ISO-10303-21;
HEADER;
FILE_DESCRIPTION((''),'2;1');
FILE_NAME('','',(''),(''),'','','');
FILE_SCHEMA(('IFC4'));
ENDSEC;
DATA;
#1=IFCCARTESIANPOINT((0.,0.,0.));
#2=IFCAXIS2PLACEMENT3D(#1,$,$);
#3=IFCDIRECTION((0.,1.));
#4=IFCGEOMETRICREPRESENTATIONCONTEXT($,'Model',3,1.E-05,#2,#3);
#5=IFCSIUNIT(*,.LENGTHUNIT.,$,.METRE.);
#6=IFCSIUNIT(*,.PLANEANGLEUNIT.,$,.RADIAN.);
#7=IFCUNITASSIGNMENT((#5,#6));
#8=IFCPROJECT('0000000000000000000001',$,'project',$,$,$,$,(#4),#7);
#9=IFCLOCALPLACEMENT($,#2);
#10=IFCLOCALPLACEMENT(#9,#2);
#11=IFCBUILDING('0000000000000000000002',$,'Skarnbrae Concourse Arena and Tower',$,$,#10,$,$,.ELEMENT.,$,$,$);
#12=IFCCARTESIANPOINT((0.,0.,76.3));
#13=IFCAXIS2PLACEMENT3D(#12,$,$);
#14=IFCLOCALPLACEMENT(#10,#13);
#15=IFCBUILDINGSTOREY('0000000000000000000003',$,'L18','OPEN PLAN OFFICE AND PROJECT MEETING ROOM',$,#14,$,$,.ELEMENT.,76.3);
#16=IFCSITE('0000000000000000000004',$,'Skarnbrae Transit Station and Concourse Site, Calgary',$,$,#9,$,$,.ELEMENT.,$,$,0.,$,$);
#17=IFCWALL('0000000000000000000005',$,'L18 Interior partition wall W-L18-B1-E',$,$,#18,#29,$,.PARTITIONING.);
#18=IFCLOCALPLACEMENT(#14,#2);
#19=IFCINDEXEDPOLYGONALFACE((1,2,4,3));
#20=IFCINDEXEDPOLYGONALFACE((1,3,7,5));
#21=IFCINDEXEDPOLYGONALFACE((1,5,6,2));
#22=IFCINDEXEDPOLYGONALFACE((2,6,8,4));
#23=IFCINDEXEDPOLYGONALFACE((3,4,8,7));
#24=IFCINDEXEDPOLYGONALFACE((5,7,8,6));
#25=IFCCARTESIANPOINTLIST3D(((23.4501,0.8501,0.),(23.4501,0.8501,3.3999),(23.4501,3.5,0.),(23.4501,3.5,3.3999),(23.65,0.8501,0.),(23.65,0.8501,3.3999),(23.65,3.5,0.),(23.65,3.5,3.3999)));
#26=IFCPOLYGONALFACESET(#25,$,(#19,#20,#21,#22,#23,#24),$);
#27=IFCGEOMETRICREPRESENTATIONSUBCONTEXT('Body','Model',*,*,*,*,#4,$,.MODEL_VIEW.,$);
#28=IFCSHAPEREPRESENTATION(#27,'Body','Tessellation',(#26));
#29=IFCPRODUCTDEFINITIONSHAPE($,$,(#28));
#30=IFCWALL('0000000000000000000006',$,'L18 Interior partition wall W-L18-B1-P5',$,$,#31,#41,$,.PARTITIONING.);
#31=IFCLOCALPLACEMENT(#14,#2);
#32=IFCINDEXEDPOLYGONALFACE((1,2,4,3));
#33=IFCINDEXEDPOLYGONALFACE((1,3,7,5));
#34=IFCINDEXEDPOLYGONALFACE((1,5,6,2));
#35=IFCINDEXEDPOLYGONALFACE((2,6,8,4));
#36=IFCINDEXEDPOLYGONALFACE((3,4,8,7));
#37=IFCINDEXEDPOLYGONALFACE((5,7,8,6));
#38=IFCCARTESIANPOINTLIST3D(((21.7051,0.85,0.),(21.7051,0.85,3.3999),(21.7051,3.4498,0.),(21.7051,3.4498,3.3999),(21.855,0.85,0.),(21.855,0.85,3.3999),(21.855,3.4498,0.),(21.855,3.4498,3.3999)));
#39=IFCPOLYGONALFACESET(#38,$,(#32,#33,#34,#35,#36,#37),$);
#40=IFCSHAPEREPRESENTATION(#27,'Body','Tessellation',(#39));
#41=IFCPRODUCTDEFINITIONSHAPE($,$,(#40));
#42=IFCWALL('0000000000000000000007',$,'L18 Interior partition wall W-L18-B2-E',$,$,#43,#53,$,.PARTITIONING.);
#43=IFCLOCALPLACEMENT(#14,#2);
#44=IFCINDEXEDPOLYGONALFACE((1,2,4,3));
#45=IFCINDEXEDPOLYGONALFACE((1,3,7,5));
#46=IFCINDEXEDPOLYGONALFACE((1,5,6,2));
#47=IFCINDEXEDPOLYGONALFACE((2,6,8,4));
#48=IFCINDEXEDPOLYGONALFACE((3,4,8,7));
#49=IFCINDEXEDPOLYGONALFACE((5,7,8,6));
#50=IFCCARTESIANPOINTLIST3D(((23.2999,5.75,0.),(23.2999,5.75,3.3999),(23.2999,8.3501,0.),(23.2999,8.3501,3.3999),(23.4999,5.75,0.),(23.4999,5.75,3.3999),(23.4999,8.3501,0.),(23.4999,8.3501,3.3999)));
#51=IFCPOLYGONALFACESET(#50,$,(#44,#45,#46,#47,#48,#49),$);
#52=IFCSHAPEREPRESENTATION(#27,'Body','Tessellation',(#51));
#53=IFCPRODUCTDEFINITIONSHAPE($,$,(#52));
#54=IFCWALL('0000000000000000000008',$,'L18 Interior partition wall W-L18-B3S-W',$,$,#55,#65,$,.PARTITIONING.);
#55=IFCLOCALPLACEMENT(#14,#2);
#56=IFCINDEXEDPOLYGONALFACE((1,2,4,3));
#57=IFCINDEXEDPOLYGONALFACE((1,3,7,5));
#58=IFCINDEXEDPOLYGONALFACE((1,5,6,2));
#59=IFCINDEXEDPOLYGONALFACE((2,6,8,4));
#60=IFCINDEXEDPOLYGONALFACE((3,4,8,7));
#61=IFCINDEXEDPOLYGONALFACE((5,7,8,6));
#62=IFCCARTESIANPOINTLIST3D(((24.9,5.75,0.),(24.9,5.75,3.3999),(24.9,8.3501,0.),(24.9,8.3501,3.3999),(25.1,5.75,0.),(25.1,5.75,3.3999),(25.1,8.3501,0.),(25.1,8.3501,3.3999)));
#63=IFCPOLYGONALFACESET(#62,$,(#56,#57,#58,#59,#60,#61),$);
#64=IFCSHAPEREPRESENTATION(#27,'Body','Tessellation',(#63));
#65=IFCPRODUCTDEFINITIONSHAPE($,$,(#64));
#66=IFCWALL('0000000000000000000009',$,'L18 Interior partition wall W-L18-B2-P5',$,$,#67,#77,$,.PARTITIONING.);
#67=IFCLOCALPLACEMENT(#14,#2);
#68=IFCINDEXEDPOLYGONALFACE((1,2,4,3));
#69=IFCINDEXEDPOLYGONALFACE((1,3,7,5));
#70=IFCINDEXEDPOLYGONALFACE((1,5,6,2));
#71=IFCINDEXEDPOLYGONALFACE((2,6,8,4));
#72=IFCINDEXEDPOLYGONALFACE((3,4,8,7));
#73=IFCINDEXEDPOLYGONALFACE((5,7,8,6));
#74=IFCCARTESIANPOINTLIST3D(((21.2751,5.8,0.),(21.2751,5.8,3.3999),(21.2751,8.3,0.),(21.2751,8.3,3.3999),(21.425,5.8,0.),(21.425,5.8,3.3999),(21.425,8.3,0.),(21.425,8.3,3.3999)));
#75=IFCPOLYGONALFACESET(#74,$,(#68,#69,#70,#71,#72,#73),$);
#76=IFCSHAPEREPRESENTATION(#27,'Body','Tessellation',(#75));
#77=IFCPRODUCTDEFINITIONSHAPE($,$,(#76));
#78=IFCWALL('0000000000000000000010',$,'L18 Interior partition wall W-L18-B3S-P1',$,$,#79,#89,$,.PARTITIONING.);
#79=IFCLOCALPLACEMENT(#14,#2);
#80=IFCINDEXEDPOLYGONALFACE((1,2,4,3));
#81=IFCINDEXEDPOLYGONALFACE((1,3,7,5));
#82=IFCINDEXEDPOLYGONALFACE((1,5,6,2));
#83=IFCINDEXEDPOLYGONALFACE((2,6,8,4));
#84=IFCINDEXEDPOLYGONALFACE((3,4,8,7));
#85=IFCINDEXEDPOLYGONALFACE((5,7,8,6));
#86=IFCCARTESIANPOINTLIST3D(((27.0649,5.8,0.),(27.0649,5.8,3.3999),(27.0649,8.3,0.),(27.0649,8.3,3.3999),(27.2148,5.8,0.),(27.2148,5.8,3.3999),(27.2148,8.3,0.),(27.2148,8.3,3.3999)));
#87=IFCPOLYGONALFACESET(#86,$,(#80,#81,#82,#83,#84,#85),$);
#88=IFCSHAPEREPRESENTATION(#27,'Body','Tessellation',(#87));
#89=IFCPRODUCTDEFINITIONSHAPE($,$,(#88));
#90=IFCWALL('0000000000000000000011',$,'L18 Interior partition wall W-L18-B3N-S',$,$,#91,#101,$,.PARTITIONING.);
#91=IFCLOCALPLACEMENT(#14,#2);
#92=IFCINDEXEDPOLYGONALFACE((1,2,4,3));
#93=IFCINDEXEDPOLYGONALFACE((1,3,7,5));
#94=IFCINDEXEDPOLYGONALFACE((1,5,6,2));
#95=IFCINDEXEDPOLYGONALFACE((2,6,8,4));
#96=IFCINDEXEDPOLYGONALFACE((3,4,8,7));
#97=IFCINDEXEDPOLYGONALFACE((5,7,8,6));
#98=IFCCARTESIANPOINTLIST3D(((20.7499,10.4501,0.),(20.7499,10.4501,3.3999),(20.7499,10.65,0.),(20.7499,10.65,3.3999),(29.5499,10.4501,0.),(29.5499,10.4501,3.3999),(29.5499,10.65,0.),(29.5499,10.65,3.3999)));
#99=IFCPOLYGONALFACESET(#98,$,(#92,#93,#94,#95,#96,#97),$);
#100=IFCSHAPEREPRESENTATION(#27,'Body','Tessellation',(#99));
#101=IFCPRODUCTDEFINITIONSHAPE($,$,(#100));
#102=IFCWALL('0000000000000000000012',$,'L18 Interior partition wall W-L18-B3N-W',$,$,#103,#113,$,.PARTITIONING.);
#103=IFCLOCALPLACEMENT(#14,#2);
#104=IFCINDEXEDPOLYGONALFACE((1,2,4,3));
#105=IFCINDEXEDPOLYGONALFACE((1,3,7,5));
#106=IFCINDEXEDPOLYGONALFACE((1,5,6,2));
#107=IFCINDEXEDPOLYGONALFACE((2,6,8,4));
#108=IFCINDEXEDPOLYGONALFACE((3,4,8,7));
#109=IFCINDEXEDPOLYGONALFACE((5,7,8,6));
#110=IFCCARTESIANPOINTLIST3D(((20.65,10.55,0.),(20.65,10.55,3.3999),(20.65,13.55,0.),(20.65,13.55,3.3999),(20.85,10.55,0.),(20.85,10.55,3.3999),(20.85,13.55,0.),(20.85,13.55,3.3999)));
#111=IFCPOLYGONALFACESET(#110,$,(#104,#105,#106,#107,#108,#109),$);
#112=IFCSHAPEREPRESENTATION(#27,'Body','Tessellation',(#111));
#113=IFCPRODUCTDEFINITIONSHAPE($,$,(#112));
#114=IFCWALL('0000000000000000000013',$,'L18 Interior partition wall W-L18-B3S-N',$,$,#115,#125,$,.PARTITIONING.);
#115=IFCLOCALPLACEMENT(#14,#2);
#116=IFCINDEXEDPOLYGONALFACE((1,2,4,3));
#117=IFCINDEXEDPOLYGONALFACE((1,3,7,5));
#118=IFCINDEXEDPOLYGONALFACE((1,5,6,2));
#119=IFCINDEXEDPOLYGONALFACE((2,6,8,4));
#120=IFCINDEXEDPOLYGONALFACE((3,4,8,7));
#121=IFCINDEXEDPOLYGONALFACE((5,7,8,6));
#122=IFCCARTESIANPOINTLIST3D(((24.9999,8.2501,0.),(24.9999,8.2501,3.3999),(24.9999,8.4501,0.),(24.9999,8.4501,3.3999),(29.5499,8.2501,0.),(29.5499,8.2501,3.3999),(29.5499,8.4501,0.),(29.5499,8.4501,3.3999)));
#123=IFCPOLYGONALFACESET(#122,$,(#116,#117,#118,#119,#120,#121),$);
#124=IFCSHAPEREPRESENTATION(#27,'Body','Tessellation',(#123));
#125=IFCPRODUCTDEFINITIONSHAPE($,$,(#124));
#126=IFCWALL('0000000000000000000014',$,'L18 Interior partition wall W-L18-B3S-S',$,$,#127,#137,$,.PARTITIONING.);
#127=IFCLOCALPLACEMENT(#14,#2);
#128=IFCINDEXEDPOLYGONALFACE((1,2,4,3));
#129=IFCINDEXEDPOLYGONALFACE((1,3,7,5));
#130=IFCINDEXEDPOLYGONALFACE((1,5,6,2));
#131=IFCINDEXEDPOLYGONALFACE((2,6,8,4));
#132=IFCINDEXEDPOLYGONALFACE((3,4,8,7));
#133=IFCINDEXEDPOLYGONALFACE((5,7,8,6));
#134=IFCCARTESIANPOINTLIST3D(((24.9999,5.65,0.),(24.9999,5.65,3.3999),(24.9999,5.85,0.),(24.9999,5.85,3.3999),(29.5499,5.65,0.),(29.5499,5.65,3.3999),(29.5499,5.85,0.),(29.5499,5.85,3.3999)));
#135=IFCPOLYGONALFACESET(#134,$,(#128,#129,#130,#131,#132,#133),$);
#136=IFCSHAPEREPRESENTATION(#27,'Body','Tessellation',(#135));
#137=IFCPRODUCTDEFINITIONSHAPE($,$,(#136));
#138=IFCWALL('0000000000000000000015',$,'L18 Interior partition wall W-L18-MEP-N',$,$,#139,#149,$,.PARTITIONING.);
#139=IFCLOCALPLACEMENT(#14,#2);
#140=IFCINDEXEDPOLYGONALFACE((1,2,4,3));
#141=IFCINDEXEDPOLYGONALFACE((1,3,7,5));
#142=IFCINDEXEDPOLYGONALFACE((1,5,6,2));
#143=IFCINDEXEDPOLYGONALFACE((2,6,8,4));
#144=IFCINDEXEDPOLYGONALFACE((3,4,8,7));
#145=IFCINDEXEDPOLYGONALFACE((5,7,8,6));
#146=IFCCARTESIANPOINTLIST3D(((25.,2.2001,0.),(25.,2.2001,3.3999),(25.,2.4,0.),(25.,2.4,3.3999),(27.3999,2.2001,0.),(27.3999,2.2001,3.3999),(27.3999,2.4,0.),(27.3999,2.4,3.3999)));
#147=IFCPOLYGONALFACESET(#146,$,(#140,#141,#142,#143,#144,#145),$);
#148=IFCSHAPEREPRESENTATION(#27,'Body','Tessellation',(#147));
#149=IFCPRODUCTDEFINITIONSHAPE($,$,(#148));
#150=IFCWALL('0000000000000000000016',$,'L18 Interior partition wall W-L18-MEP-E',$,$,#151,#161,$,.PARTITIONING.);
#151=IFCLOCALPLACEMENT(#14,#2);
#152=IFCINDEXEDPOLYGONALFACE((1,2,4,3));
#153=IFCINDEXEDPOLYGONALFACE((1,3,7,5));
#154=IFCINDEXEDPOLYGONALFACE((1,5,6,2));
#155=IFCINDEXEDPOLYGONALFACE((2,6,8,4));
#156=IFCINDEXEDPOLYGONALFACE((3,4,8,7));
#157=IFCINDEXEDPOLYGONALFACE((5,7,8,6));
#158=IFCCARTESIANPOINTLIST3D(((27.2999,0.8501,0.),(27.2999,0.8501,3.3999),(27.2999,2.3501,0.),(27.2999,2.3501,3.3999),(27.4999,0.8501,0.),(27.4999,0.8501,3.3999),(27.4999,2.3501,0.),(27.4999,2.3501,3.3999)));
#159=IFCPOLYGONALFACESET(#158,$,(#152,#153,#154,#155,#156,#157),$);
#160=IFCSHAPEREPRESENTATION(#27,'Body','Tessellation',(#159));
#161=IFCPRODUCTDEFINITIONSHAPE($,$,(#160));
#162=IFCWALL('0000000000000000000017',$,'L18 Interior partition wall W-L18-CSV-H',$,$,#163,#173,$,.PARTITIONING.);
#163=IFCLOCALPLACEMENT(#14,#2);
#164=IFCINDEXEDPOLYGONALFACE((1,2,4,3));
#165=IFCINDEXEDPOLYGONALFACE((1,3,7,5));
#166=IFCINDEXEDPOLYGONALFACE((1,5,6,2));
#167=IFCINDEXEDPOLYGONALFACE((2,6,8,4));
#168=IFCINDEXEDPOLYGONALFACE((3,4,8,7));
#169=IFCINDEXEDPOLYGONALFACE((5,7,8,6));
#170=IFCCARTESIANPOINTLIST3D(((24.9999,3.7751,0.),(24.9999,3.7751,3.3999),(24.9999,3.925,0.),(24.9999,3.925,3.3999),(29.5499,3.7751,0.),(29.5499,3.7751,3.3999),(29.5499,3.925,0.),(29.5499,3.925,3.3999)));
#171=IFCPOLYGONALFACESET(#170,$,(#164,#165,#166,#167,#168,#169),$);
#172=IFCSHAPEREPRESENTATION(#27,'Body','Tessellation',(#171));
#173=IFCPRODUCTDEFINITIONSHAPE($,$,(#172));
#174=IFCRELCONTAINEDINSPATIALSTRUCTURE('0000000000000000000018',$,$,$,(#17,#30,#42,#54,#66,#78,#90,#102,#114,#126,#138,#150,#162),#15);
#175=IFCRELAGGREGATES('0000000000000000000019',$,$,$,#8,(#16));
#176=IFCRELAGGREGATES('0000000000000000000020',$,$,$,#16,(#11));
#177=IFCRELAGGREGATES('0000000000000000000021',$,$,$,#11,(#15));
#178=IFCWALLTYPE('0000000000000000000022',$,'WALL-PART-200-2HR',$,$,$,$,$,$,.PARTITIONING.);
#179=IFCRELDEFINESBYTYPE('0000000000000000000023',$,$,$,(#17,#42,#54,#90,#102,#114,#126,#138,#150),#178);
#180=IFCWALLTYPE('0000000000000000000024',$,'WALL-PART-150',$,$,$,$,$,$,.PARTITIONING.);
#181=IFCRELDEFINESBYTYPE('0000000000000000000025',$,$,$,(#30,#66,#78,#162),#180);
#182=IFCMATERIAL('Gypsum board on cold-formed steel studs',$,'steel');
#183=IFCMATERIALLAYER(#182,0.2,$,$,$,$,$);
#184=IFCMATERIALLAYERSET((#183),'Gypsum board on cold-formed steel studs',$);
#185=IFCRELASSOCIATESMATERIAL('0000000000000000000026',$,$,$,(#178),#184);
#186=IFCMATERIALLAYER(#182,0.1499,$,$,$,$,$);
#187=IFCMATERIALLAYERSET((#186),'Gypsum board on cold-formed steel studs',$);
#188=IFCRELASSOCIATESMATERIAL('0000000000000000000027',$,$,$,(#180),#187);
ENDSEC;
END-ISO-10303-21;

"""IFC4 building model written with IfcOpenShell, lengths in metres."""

from ifc_helpers import new_model, si_unit, direction, frame, frame_2d, origin, place, context, subcontext, project, spatial, rectangle, extrude, source, transform, mapped, material, layer, layer_set, type_object, element, save


model = new_model("IFC4")

# Units and contexts
model_context = context("Model", 3, precision=1e-05, world=origin(), true_north=direction((0.0, 1.0)))
body_context = subcontext(model_context, "Body", "Model", "MODEL_VIEW")
ifc_project = project(units=[si_unit("LENGTHUNIT", "METRE"), si_unit("PLANEANGLEUNIT", "RADIAN")], contexts=[model_context])

# Site, building, storey
site_placement = place(None, origin())
site = spatial("IfcSite", under=ifc_project, at=site_placement, Name="Skarnbrae Transit Station and Concourse Site, Calgary", CompositionType="ELEMENT", RefElevation=0.0)
building_placement = place(site_placement, origin())
building = spatial("IfcBuilding", under=site, at=building_placement, Name="Skarnbrae Concourse Arena and Tower", CompositionType="ELEMENT")
storey_placement = place(building_placement, frame((0.0, 0.0, 76.3)))
storey = spatial("IfcBuildingStorey", under=building, at=storey_placement, Name="L18", Description="OPEN PLAN OFFICE AND PROJECT MEETING ROOM", CompositionType="ELEMENT", Elevation=76.3)

# Walls
ifc_material_1 = material(Name="Gypsum board on cold-formed steel studs", Category="steel")
ifc_layer_1 = layer(ifc_material_1, 0.2)
ifc_layer_set_1 = layer_set([ifc_layer_1], Name="Gypsum board on cold-formed steel studs")
wall_type_1 = type_object("IfcWallType", Name="WALL-PART-200-2HR", PredefinedType="PARTITIONING", material=ifc_layer_set_1)
shared_shape_1 = source(origin(), body_context, "Body", "SweptSolid", [
    extrude(rectangle(XDim=2.6499, YDim=0.2, at=frame_2d((1.325, 0.0))), origin(), (0.0, 0.0, 1.0), 3.3999),
])
wall_1_placement = place(storey_placement, frame((23.55, 0.8501, 0.0), z_axis=(0.0, 0.0, 1.0), x_axis=(0.0, 1.0, 0.0)))
element("IfcWall", 1, at=wall_1_placement, inside=storey, type_object=wall_type_1, Name="L18 Interior partition wall W-L18-B1-E", PredefinedType="PARTITIONING", context=body_context, shape_type="MappedRepresentation", body=[
    mapped(shared_shape_1, transform((0.0, 0.0, 0.0))),
])
ifc_layer_2 = layer(ifc_material_1, 0.1499)
ifc_layer_set_2 = layer_set([ifc_layer_2], Name="Gypsum board on cold-formed steel studs")
wall_type_2 = type_object("IfcWallType", Name="WALL-PART-150", PredefinedType="PARTITIONING", material=ifc_layer_set_2)
shared_shape_2 = source(origin(), body_context, "Body", "SweptSolid", [
    extrude(rectangle(XDim=2.5999, YDim=0.1499, at=frame_2d((1.2998, 0.0))), origin(), (0.0, 0.0, 1.0), 3.3999),
])
wall_2_placement = place(storey_placement, frame((21.78, 0.8501, 0.0), z_axis=(0.0, 0.0, 1.0), x_axis=(0.0, 1.0, 0.0)))
element("IfcWall", 2, at=wall_2_placement, inside=storey, type_object=wall_type_2, Name="L18 Interior partition wall W-L18-B1-P5", PredefinedType="PARTITIONING", context=body_context, shape_type="MappedRepresentation", body=[
    mapped(shared_shape_2, transform((0.0, 0.0, 0.0))),
])
shared_shape_3 = source(origin(), body_context, "Body", "SweptSolid", [
    extrude(rectangle(XDim=2.6001, YDim=0.2, at=frame_2d((1.3, 0.0))), origin(), (0.0, 0.0, 1.0), 3.3999),
])
for number, where, z_axis, x_axis, name in (
    (3, (23.3999, 5.75, 0.0), (0.0, 0.0, 1.0), (0.0, 1.0, 0.0), "L18 Interior partition wall W-L18-B2-E"),
    (4, (25.0, 5.75, 0.0), (0.0, 0.0, 1.0), (0.0, 1.0, 0.0), "L18 Interior partition wall W-L18-B3S-W"),
):
    element("IfcWall", number, at=place(storey_placement, frame(where, z_axis=z_axis, x_axis=x_axis)), inside=storey, type_object=wall_type_1, Name=name, PredefinedType="PARTITIONING", context=body_context, shape_type="MappedRepresentation", body=[
        mapped(shared_shape_3, transform((0.0, 0.0, 0.0))),
    ])
shared_shape_4 = source(origin(), body_context, "Body", "SweptSolid", [
    extrude(rectangle(XDim=2.5, YDim=0.1499, at=frame_2d((1.25, 0.0))), origin(), (0.0, 0.0, 1.0), 3.3999),
])
for number, where, z_axis, x_axis, name in (
    (5, (21.3501, 5.8, 0.0), (0.0, 0.0, 1.0), (0.0, 1.0, 0.0), "L18 Interior partition wall W-L18-B2-P5"),
    (6, (27.1399, 5.8, 0.0), (0.0, 0.0, 1.0), (0.0, 1.0, 0.0), "L18 Interior partition wall W-L18-B3S-P1"),
):
    element("IfcWall", number, at=place(storey_placement, frame(where, z_axis=z_axis, x_axis=x_axis)), inside=storey, type_object=wall_type_2, Name=name, PredefinedType="PARTITIONING", context=body_context, shape_type="MappedRepresentation", body=[
        mapped(shared_shape_4, transform((0.0, 0.0, 0.0))),
    ])
shared_shape_5 = source(origin(), body_context, "Body", "SweptSolid", [
    extrude(rectangle(XDim=8.8, YDim=0.2, at=frame_2d((4.3999, 0.0))), origin(), (0.0, 0.0, 1.0), 3.3999),
])
wall_3_placement = place(storey_placement, frame((20.75, 10.55, 0.0), z_axis=(0.0, 0.0, 1.0), x_axis=(1.0, 0.0, 0.0)))
element("IfcWall", 7, at=wall_3_placement, inside=storey, type_object=wall_type_1, Name="L18 Interior partition wall W-L18-B3N-S", PredefinedType="PARTITIONING", context=body_context, shape_type="MappedRepresentation", body=[
    mapped(shared_shape_5, transform((0.0, 0.0, 0.0))),
])
shared_shape_6 = source(origin(), body_context, "Body", "SweptSolid", [
    extrude(rectangle(XDim=3.0, YDim=0.2, at=frame_2d((1.5, 0.0))), origin(), (0.0, 0.0, 1.0), 3.3999),
])
wall_4_placement = place(storey_placement, frame((20.75, 10.55, 0.0), z_axis=(0.0, 0.0, 1.0), x_axis=(0.0, 1.0, 0.0)))
element("IfcWall", 8, at=wall_4_placement, inside=storey, type_object=wall_type_1, Name="L18 Interior partition wall W-L18-B3N-W", PredefinedType="PARTITIONING", context=body_context, shape_type="MappedRepresentation", body=[
    mapped(shared_shape_6, transform((0.0, 0.0, 0.0))),
])
shared_shape_7 = source(origin(), body_context, "Body", "SweptSolid", [
    extrude(rectangle(XDim=4.55, YDim=0.2, at=frame_2d((2.2749, 0.0))), origin(), (0.0, 0.0, 1.0), 3.3999),
])
for number, where, z_axis, x_axis, name in (
    (9, (25.0, 8.3501, 0.0), (0.0, 0.0, 1.0), (1.0, 0.0, 0.0), "L18 Interior partition wall W-L18-B3S-N"),
    (10, (25.0, 5.75, 0.0), (0.0, 0.0, 1.0), (1.0, 0.0, 0.0), "L18 Interior partition wall W-L18-B3S-S"),
):
    element("IfcWall", number, at=place(storey_placement, frame(where, z_axis=z_axis, x_axis=x_axis)), inside=storey, type_object=wall_type_1, Name=name, PredefinedType="PARTITIONING", context=body_context, shape_type="MappedRepresentation", body=[
        mapped(shared_shape_7, transform((0.0, 0.0, 0.0))),
    ])

# Walls
shared_shape_8 = source(origin(), body_context, "Body", "SweptSolid", [
    extrude(rectangle(XDim=2.3999, YDim=0.2, at=frame_2d((1.2, 0.0))), origin(), (0.0, 0.0, 1.0), 3.3999),
])
wall_5_placement = place(storey_placement, frame((25.0, 2.3, 0.0), z_axis=(0.0, 0.0, 1.0), x_axis=(1.0, 0.0, 0.0)))
element("IfcWall", 11, at=wall_5_placement, inside=storey, type_object=wall_type_1, Name="L18 Interior partition wall W-L18-MEP-N", PredefinedType="PARTITIONING", context=body_context, shape_type="MappedRepresentation", body=[
    mapped(shared_shape_8, transform((0.0, 0.0, 0.0))),
])
shared_shape_9 = source(origin(), body_context, "Body", "SweptSolid", [
    extrude(rectangle(XDim=1.5, YDim=0.2, at=frame_2d((0.75, 0.0))), origin(), (0.0, 0.0, 1.0), 3.3999),
])
wall_6_placement = place(storey_placement, frame((27.3999, 0.8501, 0.0), z_axis=(0.0, 0.0, 1.0), x_axis=(0.0, 1.0, 0.0)))
element("IfcWall", 12, at=wall_6_placement, inside=storey, type_object=wall_type_1, Name="L18 Interior partition wall W-L18-MEP-E", PredefinedType="PARTITIONING", context=body_context, shape_type="MappedRepresentation", body=[
    mapped(shared_shape_9, transform((0.0, 0.0, 0.0))),
])
shared_shape_10 = source(origin(), body_context, "Body", "SweptSolid", [
    extrude(rectangle(XDim=4.55, YDim=0.1499, at=frame_2d((2.2749, 0.0))), origin(), (0.0, 0.0, 1.0), 3.3999),
])
wall_7_placement = place(storey_placement, frame((25.0, 3.8501, 0.0), z_axis=(0.0, 0.0, 1.0), x_axis=(1.0, 0.0, 0.0)))
element("IfcWall", 13, at=wall_7_placement, inside=storey, type_object=wall_type_2, Name="L18 Interior partition wall W-L18-CSV-H", PredefinedType="PARTITIONING", context=body_context, shape_type="MappedRepresentation", body=[
    mapped(shared_shape_10, transform((0.0, 0.0, 0.0))),
])

save(model, "model.ifc")
